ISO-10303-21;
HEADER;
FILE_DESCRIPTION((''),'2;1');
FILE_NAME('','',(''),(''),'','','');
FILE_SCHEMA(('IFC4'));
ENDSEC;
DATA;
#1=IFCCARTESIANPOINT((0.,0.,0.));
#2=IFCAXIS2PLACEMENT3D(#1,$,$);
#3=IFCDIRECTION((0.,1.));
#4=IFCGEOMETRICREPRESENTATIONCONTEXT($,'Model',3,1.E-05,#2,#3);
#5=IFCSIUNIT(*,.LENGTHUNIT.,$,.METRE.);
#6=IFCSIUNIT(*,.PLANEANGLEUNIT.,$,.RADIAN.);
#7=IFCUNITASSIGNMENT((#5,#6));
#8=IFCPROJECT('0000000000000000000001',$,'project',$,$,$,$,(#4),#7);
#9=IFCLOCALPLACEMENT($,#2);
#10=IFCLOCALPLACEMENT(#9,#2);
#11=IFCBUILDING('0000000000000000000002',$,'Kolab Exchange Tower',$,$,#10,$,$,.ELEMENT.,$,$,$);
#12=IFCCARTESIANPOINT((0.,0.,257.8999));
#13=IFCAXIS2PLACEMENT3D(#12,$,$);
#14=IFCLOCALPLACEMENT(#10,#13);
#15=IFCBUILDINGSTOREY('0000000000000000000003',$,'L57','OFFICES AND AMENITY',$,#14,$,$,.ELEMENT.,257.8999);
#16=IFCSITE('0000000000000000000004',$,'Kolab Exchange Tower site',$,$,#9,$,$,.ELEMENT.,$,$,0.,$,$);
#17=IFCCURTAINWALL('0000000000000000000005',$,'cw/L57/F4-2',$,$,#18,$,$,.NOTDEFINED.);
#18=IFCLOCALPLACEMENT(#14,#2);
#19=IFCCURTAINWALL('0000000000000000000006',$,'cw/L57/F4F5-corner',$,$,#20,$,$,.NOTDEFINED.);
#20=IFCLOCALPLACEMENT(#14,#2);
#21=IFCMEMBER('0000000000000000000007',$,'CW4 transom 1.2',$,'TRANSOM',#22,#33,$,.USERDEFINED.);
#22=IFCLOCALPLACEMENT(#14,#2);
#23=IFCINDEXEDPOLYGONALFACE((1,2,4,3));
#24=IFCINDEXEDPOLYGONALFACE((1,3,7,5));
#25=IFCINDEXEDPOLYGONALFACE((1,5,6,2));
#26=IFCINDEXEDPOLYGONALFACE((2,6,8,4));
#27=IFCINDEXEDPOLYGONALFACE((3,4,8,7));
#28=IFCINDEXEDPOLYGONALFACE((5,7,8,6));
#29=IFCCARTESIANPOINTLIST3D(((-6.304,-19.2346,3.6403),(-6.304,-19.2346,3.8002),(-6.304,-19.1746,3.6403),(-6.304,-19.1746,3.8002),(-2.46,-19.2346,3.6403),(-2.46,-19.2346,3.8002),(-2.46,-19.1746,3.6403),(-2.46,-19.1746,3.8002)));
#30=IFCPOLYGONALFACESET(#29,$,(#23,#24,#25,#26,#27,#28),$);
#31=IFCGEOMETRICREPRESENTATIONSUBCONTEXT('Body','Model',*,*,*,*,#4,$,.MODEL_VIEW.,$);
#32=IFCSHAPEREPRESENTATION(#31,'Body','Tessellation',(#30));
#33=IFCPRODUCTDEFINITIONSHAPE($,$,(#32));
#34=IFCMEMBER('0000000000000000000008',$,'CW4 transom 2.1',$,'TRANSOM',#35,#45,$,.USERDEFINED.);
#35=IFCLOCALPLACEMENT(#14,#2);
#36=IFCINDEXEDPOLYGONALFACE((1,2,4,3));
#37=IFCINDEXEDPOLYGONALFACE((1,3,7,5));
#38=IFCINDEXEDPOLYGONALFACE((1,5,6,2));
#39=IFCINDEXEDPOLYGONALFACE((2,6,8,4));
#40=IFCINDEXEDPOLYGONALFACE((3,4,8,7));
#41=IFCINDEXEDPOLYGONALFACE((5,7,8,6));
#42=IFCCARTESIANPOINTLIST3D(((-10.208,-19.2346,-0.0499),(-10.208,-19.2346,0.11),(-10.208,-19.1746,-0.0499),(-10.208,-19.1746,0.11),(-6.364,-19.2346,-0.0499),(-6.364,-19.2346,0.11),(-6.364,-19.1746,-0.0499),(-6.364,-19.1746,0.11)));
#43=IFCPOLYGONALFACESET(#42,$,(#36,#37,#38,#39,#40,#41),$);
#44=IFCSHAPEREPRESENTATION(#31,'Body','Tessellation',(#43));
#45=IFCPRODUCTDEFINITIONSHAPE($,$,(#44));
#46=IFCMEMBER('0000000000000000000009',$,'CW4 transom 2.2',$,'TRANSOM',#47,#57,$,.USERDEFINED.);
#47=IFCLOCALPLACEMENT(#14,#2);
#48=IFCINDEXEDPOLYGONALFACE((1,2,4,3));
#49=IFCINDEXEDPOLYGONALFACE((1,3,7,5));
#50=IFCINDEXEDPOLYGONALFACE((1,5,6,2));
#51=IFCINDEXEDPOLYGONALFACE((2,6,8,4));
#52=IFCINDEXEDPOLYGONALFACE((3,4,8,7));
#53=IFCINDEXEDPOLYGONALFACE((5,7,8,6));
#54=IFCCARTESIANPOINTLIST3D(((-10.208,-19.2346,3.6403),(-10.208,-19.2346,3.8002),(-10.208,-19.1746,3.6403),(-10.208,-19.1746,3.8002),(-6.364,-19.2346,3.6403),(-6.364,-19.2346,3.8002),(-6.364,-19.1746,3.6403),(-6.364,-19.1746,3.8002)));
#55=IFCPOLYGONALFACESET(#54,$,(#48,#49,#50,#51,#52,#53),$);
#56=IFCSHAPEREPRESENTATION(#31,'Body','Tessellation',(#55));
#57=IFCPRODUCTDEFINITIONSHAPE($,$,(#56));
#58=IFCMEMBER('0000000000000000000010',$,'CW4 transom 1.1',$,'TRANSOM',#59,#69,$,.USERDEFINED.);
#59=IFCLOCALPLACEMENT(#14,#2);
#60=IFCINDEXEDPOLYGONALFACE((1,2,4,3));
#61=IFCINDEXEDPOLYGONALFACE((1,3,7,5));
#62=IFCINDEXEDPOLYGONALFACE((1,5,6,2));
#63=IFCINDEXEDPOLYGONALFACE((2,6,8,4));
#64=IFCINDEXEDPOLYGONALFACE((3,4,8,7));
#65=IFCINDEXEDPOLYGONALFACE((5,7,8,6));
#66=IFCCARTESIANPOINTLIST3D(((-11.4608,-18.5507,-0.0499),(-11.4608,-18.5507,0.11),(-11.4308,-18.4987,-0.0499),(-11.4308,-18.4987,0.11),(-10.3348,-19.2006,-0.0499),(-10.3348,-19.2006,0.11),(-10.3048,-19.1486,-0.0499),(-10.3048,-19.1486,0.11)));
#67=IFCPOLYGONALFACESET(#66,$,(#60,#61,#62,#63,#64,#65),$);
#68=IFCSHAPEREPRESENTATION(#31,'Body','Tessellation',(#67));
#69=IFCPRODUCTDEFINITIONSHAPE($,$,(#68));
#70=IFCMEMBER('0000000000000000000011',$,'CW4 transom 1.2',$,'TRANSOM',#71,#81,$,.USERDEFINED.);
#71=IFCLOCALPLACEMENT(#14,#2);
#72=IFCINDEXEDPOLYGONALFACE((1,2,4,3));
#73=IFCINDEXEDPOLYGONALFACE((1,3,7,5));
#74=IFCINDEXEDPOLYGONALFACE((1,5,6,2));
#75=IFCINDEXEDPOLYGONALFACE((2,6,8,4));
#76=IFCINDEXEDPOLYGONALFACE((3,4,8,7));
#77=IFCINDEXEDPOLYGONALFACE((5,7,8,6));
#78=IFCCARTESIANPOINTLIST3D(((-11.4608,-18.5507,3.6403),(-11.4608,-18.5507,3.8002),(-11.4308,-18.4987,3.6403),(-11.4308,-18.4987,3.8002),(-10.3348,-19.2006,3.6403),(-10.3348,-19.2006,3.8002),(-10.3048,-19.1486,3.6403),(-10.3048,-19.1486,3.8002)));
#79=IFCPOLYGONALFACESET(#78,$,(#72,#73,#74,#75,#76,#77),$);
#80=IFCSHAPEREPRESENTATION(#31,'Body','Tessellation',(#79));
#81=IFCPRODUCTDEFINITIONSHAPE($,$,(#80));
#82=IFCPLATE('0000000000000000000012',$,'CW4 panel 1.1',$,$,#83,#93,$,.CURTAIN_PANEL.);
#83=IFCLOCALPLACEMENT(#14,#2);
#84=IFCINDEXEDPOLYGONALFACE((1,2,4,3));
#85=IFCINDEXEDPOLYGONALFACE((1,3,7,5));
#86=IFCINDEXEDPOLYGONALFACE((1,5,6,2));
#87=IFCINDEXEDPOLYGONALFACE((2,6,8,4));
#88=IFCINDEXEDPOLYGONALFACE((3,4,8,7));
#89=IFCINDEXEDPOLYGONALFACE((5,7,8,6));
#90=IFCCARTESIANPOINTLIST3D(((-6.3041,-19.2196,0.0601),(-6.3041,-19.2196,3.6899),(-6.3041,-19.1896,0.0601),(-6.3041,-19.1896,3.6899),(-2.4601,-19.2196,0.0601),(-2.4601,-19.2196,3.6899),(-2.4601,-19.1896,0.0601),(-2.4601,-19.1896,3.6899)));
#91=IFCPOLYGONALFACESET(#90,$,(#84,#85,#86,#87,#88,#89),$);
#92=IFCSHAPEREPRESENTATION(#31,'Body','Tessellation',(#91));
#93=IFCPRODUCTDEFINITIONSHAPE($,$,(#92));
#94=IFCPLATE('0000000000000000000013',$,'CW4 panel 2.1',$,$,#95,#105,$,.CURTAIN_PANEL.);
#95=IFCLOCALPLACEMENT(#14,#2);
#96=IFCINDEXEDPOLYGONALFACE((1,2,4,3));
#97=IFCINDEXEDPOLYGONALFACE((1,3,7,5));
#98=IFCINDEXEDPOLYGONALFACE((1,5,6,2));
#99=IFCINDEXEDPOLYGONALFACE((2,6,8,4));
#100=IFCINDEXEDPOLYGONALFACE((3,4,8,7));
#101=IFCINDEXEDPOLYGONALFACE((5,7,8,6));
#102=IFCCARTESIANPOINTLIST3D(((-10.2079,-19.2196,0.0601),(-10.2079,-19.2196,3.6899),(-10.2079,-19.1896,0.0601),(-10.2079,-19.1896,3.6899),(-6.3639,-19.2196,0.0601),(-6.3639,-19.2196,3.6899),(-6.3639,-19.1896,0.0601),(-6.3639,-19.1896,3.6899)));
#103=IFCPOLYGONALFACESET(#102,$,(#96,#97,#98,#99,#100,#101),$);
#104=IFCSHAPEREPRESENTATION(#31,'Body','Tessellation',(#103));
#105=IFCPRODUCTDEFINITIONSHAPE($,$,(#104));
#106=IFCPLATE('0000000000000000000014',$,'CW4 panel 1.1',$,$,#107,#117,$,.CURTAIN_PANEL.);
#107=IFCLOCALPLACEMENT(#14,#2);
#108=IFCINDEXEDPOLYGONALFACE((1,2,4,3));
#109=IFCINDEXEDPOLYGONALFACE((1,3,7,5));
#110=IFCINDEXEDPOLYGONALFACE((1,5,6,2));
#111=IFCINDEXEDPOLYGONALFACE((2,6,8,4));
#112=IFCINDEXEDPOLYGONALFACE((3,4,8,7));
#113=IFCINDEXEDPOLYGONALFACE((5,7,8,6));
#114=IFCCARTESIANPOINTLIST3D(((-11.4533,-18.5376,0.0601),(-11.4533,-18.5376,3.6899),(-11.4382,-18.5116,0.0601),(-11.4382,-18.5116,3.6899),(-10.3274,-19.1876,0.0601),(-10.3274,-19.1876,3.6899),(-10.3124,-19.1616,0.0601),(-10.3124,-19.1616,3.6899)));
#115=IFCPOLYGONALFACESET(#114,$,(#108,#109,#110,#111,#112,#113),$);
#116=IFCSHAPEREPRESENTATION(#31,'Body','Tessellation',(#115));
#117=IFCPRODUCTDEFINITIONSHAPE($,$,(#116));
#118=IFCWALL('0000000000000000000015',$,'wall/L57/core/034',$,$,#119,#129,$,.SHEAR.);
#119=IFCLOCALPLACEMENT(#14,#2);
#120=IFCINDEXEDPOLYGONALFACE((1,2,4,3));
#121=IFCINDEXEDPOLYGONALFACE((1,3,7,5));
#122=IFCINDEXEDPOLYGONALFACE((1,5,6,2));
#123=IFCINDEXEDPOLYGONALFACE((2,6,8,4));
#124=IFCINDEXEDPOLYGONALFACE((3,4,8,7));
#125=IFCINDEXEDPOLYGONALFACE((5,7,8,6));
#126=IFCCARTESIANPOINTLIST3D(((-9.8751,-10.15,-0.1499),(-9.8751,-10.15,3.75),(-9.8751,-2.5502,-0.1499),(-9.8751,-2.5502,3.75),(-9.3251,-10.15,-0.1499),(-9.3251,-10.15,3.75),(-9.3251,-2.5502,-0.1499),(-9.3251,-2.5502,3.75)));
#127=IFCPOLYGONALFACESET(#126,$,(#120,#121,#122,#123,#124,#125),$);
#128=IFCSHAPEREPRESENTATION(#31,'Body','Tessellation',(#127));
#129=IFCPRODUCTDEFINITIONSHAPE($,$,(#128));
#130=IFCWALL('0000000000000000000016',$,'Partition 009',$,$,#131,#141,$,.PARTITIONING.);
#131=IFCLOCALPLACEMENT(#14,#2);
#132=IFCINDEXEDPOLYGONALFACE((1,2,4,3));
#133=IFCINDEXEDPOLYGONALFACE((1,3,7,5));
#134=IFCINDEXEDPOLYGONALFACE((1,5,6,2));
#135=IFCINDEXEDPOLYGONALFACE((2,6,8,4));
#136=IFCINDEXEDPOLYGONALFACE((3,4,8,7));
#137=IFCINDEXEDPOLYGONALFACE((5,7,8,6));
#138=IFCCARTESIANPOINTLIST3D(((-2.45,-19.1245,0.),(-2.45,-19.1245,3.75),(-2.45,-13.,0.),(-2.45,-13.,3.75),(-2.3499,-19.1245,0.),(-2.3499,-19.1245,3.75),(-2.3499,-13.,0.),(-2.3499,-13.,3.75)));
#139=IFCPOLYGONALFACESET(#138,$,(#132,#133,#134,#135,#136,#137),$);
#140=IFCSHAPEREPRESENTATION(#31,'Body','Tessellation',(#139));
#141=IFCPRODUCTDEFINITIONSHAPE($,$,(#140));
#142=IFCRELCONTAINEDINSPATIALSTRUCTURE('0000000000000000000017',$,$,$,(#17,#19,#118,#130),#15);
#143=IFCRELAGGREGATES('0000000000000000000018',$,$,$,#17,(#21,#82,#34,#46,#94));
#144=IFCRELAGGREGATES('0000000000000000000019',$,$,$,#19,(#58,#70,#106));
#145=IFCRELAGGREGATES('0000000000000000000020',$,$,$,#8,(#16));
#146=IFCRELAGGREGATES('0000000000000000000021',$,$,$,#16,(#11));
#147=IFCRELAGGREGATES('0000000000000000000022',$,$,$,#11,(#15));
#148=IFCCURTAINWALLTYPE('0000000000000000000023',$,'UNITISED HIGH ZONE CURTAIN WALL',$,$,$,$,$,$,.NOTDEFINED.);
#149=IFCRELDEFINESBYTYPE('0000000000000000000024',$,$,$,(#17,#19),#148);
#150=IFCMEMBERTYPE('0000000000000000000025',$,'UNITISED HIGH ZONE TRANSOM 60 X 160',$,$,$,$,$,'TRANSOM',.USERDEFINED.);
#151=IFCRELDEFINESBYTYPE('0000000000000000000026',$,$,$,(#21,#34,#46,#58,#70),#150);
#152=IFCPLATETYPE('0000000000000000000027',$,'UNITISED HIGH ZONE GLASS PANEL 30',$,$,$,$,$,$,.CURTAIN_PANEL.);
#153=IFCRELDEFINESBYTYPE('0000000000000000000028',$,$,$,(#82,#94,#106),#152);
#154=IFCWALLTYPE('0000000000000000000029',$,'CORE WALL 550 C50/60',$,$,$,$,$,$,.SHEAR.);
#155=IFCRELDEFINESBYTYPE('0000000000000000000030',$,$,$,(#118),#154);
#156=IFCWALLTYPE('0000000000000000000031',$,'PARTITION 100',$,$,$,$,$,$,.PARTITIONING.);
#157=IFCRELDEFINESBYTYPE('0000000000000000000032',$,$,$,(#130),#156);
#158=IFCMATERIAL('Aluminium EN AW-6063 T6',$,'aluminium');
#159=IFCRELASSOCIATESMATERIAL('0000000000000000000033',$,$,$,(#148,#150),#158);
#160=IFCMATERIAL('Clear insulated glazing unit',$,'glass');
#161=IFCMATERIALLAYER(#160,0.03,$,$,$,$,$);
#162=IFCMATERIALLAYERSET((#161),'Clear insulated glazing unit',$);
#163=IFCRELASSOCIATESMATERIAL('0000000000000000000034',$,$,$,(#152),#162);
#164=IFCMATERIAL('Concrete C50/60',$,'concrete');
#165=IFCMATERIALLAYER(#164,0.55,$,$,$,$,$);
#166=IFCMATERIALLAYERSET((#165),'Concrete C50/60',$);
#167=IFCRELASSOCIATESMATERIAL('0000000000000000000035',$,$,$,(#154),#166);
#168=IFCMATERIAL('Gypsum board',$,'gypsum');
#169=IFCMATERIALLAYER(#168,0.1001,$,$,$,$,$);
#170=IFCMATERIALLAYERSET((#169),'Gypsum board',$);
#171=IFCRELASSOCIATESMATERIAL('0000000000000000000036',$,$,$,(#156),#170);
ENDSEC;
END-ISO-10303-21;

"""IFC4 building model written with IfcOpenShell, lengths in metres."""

from ifc_helpers import new_model, si_unit, direction, frame, frame_2d, origin, origin_2d, place, context, subcontext, project, spatial, rectangle, extrude, material, layer, layer_set, material_profile, profile_set, type_object, element, aggregate, save


model = new_model("IFC4")

# Units and contexts
model_context = context("Model", 3, precision=1e-05, world=origin(), true_north=direction((0.0, 1.0)))
body_context = subcontext(model_context, "Body", "Model", "MODEL_VIEW")
ifc_project = project(units=[si_unit("LENGTHUNIT", "METRE"), si_unit("PLANEANGLEUNIT", "RADIAN")], contexts=[model_context])

# Site, building, storey
site_placement = place(None, origin())
site = spatial("IfcSite", under=ifc_project, at=site_placement, Name="Kolab Exchange Tower site", CompositionType="ELEMENT", RefElevation=0.0)
building_placement = place(site_placement, origin())
building = spatial("IfcBuilding", under=site, at=building_placement, Name="Kolab Exchange Tower", CompositionType="ELEMENT")
storey_placement = place(building_placement, frame((0.0, 0.0, 257.8999)))
storey = spatial("IfcBuildingStorey", under=building, at=storey_placement, Name="L57", Description="OFFICES AND AMENITY", CompositionType="ELEMENT", Elevation=257.8999)

# Shared definitions
ifc_material_1 = material(Name="Concrete C50/60", Category="concrete")

# Curtain wall
ifc_material_2 = material(Name="Aluminium EN AW-6063 T6", Category="aluminium")
curtain_wall_type = type_object("IfcCurtainWallType", Name="UNITISED HIGH ZONE CURTAIN WALL", PredefinedType="NOTDEFINED", material=ifc_material_2)
curtain_wall_1_placement = place(storey_placement, origin())
curtain_wall_1 = element("IfcCurtainWall", 1, at=curtain_wall_1_placement, inside=storey, type_object=curtain_wall_type, Name="cw/L57/F4-2", PredefinedType="NOTDEFINED")

# Curtain wall
curtain_wall_2_placement = place(storey_placement, origin())
curtain_wall_2 = element("IfcCurtainWall", 2, at=curtain_wall_2_placement, inside=storey, type_object=curtain_wall_type, Name="cw/L57/F4F5-corner", PredefinedType="NOTDEFINED")

# Members
ifc_material_profile_1 = material_profile(ifc_material_2, rectangle(XDim=0.0601, YDim=0.1599, at=origin_2d()), Name="RECT 60X160")
ifc_profile_set_1 = profile_set([ifc_material_profile_1], Name="Aluminium EN AW-6063 T6")
member_type_1 = type_object("IfcMemberType", Name="UNITISED HIGH ZONE TRANSOM 60 X 160", ElementType="TRANSOM", PredefinedType="USERDEFINED", material=ifc_profile_set_1)
member_1_placement = place(storey_placement, frame((-2.46, -19.2046, 3.7202), z_axis=(-1.0, 0.0, 0.0), x_axis=(0.0, -1.0, 0.0)))
member_1 = element("IfcMember", 3, at=member_1_placement, type_object=member_type_1, Name="CW4 transom 1.2", ObjectType="TRANSOM", PredefinedType="USERDEFINED", context=body_context, shape_type="SweptSolid", body=[
    extrude(rectangle(XDim=0.0601, YDim=0.1599, at=origin_2d()), origin(), (0.0, 0.0, 1.0), 3.844),
])
member_2_placement = place(storey_placement, frame((-6.364, -19.2046, 0.03), z_axis=(-1.0, 0.0, 0.0), x_axis=(0.0, -1.0, 0.0)))
member_2 = element("IfcMember", 4, at=member_2_placement, type_object=member_type_1, Name="CW4 transom 2.1", ObjectType="TRANSOM", PredefinedType="USERDEFINED", context=body_context, shape_type="SweptSolid", body=[
    extrude(rectangle(XDim=0.0601, YDim=0.1599, at=origin_2d()), origin(), (0.0, 0.0, 1.0), 3.844),
])
member_3_placement = place(storey_placement, frame((-6.364, -19.2046, 3.7202), z_axis=(-1.0, 0.0, 0.0), x_axis=(0.0, -1.0, 0.0)))
member_3 = element("IfcMember", 5, at=member_3_placement, type_object=member_type_1, Name="CW4 transom 2.2", ObjectType="TRANSOM", PredefinedType="USERDEFINED", context=body_context, shape_type="SweptSolid", body=[
    extrude(rectangle(XDim=0.0601, YDim=0.1599, at=origin_2d()), origin(), (0.0, 0.0, 1.0), 3.844),
])
member_4_placement = place(storey_placement, frame((-10.3198, -19.1746, 0.03), z_axis=(-0.866086, 0.499896, 0.0), x_axis=(-0.499896, -0.866086, 0.0)))
member_4 = element("IfcMember", 6, at=member_4_placement, type_object=member_type_1, Name="CW4 transom 1.1", ObjectType="TRANSOM", PredefinedType="USERDEFINED", context=body_context, shape_type="SweptSolid", body=[
    extrude(rectangle(XDim=0.0601, YDim=0.1599, at=origin_2d()), origin(), (0.0, 0.0, 1.0), 1.3),
])
member_5_placement = place(storey_placement, frame((-10.3198, -19.1746, 3.7202), z_axis=(-0.866086, 0.499896, 0.0), x_axis=(-0.499896, -0.866086, 0.0)))
member_5 = element("IfcMember", 7, at=member_5_placement, type_object=member_type_1, Name="CW4 transom 1.2", ObjectType="TRANSOM", PredefinedType="USERDEFINED", context=body_context, shape_type="SweptSolid", body=[
    extrude(rectangle(XDim=0.0601, YDim=0.1599, at=origin_2d()), origin(), (0.0, 0.0, 1.0), 1.3),
])

# Plates
ifc_material_3 = material(Name="Clear insulated glazing unit", Category="glass")
ifc_layer_1 = layer(ifc_material_3, 0.03)
ifc_layer_set_1 = layer_set([ifc_layer_1], Name="Clear insulated glazing unit")
plate_type = type_object("IfcPlateType", Name="UNITISED HIGH ZONE GLASS PANEL 30", PredefinedType="CURTAIN_PANEL", material=ifc_layer_set_1)
plate_1_placement = place(storey_placement, frame((-4.3821, -19.2046, 0.0601), z_axis=(0.0, 0.0, 1.0), x_axis=(-1.0, 0.0, 0.0)))
plate_1 = element("IfcPlate", 8, at=plate_1_placement, type_object=plate_type, Name="CW4 panel 1.1", PredefinedType="CURTAIN_PANEL", context=body_context, shape_type="SweptSolid", body=[
    extrude(rectangle(XDim=3.844, YDim=0.03, at=origin_2d()), origin(), (0.0, 0.0, 1.0), 3.6299),
])
plate_2_placement = place(storey_placement, frame((-8.2859, -19.2046, 0.0601), z_axis=(0.0, 0.0, 1.0), x_axis=(-1.0, 0.0, 0.0)))
plate_2 = element("IfcPlate", 9, at=plate_2_placement, type_object=plate_type, Name="CW4 panel 2.1", PredefinedType="CURTAIN_PANEL", context=body_context, shape_type="SweptSolid", body=[
    extrude(rectangle(XDim=3.844, YDim=0.03, at=origin_2d()), origin(), (0.0, 0.0, 1.0), 3.6299),
])
aggregate(curtain_wall_1, [member_1, plate_1, member_2, member_3, plate_2])
plate_3_placement = place(storey_placement, frame((-10.8828, -18.8496, 0.0601), z_axis=(0.0, 0.0, 1.0), x_axis=(-0.866025, 0.5, 0.0)))
plate_3 = element("IfcPlate", 10, at=plate_3_placement, type_object=plate_type, Name="CW4 panel 1.1", PredefinedType="CURTAIN_PANEL", context=body_context, shape_type="SweptSolid", body=[
    extrude(rectangle(XDim=1.3, YDim=0.03, at=origin_2d()), origin(), (0.0, 0.0, 1.0), 3.6299),
])
aggregate(curtain_wall_2, [member_4, member_5, plate_3])

# Walls
ifc_layer_2 = layer(ifc_material_1, 0.55)
ifc_layer_set_2 = layer_set([ifc_layer_2], Name="Concrete C50/60")
wall_type_1 = type_object("IfcWallType", Name="CORE WALL 550 C50/60", PredefinedType="SHEAR", material=ifc_layer_set_2)
wall_1_placement = place(storey_placement, frame((-9.6001, -10.1499, -0.1499), z_axis=(0.0, 0.0, 1.0), x_axis=(0.0, 1.0, 0.0)))
element("IfcWall", 11, at=wall_1_placement, inside=storey, type_object=wall_type_1, Name="wall/L57/core/034", PredefinedType="SHEAR", context=body_context, shape_type="SweptSolid", body=[
    extrude(rectangle(XDim=7.5999, YDim=0.55, at=frame_2d((3.7998, 0.0))), origin(), (0.0, 0.0, 1.0), 3.8999),
])
ifc_material_4 = material(Name="Gypsum board", Category="gypsum")
ifc_layer_3 = layer(ifc_material_4, 0.1001)
ifc_layer_set_3 = layer_set([ifc_layer_3], Name="Gypsum board")
wall_type_2 = type_object("IfcWallType", Name="PARTITION 100", PredefinedType="PARTITIONING", material=ifc_layer_set_3)
wall_2_placement = place(storey_placement, frame((-2.3999, -19.1245, 0.0), z_axis=(0.0, 0.0, 1.0), x_axis=(0.0, 1.0, 0.0)))
element("IfcWall", 12, at=wall_2_placement, inside=storey, type_object=wall_type_2, Name="Partition 009", PredefinedType="PARTITIONING", context=body_context, shape_type="SweptSolid", body=[
    extrude(rectangle(XDim=6.1245, YDim=0.1001, at=frame_2d((3.0623, 0.0))), origin(), (0.0, 0.0, 1.0), 3.75),
])

save(model, "model.ifc")
